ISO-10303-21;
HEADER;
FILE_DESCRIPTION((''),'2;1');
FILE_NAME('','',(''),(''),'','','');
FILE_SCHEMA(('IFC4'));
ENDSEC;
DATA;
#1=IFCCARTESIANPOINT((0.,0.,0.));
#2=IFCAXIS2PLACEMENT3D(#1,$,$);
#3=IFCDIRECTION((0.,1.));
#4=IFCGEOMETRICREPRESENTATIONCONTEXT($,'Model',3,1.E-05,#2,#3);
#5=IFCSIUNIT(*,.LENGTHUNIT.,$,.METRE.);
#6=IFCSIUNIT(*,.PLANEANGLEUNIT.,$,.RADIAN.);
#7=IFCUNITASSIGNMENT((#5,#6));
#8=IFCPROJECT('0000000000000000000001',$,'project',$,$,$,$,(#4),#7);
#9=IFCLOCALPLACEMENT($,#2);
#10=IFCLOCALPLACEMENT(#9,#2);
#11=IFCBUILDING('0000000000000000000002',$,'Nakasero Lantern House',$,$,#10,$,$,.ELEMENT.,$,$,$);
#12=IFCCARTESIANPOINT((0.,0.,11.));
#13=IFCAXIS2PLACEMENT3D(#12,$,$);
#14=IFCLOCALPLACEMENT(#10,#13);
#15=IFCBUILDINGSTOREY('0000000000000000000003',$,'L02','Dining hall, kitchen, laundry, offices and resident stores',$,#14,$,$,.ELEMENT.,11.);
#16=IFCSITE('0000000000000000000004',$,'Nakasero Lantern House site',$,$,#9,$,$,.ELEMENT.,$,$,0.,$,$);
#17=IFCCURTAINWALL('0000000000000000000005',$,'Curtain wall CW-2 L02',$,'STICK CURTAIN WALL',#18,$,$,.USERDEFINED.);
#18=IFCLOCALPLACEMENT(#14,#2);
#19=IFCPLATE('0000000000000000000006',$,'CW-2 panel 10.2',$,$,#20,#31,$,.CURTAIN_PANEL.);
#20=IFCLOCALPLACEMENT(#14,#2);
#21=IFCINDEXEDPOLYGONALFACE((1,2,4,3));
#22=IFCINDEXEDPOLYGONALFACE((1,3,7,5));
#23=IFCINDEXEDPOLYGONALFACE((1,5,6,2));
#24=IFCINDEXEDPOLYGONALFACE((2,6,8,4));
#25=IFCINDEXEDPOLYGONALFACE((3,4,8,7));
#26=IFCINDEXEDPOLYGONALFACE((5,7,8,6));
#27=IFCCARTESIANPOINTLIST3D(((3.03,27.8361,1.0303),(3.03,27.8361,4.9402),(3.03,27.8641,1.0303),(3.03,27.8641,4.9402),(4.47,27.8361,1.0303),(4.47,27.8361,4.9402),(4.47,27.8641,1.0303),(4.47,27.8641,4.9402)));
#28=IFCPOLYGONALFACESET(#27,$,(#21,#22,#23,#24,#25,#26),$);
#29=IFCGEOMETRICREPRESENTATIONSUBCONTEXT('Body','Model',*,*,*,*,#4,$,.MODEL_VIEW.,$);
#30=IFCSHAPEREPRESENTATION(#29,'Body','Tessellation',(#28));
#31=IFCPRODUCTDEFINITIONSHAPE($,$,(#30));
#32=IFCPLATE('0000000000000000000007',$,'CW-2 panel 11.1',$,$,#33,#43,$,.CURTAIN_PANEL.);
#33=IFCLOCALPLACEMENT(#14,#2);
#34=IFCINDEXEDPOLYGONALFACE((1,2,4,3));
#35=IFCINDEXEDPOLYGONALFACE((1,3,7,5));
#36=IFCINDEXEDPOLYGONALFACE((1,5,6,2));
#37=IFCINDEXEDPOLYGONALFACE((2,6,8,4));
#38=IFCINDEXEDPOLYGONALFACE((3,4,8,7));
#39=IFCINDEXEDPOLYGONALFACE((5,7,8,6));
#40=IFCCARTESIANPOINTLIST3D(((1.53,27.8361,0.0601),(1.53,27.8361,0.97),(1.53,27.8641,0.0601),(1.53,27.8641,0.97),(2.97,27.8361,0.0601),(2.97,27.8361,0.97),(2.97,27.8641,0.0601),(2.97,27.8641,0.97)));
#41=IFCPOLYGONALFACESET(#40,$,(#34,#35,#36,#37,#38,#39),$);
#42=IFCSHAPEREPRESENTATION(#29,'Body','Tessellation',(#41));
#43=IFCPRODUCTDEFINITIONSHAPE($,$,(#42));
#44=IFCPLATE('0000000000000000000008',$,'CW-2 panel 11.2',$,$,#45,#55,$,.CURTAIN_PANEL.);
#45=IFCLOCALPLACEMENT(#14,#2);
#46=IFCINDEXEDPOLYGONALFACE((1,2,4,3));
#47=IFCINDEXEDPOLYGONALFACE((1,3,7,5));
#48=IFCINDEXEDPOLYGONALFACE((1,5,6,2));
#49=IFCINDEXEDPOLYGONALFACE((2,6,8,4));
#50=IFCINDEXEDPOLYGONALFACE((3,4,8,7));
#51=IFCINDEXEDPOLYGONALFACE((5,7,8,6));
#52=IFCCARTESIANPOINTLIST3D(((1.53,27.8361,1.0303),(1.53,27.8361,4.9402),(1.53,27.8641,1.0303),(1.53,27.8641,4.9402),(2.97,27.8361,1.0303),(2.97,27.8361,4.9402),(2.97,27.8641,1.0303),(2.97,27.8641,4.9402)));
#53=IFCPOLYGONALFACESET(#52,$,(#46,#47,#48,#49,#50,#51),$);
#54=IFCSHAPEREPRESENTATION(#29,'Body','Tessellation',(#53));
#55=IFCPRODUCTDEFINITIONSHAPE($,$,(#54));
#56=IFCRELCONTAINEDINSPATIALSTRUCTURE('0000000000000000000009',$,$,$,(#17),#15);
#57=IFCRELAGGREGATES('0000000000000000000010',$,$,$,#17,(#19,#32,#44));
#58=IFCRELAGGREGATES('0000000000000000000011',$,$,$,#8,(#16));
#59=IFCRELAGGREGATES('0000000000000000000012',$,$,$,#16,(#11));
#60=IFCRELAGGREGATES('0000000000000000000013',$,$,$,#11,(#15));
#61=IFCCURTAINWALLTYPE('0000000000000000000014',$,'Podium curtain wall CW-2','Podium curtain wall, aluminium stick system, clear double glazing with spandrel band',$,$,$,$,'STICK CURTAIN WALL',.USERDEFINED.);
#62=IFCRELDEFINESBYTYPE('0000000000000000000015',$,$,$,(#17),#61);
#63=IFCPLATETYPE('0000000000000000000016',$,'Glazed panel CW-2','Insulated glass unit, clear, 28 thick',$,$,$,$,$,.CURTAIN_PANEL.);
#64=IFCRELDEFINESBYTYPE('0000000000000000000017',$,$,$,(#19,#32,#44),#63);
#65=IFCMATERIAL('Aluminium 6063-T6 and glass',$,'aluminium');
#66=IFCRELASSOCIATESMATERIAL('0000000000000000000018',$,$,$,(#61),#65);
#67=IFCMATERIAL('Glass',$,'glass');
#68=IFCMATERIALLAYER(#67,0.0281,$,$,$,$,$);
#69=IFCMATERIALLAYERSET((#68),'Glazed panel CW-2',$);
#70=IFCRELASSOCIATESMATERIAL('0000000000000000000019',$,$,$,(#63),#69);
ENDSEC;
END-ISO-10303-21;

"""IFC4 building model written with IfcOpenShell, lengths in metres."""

from ifc_helpers import new_model, si_unit, direction, frame, origin, origin_2d, place, context, subcontext, project, spatial, rectangle, extrude, material, layer, layer_set, type_object, element, aggregate, save


model = new_model("IFC4")

# Units and contexts
model_context = context("Model", 3, precision=1e-05, world=origin(), true_north=direction((0.0, 1.0)))
body_context = subcontext(model_context, "Body", "Model", "MODEL_VIEW")
ifc_project = project(units=[si_unit("LENGTHUNIT", "METRE"), si_unit("PLANEANGLEUNIT", "RADIAN")], contexts=[model_context])

# Site, building, storey
site_placement = place(None, origin())
site = spatial("IfcSite", under=ifc_project, at=site_placement, Name="Nakasero Lantern House site", CompositionType="ELEMENT", RefElevation=0.0)
building_placement = place(site_placement, origin())
building = spatial("IfcBuilding", under=site, at=building_placement, Name="Nakasero Lantern House", CompositionType="ELEMENT")
storey_placement = place(building_placement, frame((0.0, 0.0, 11.0)))
storey = spatial("IfcBuildingStorey", under=building, at=storey_placement, Name="L02", Description="Dining hall, kitchen, laundry, offices and resident stores", CompositionType="ELEMENT", Elevation=11.0)

# Curtain wall, plates
ifc_material_1 = material(Name="Aluminium 6063-T6 and glass", Category="aluminium")
curtain_wall_type = type_object("IfcCurtainWallType", Name="Podium curtain wall CW-2", Description="Podium curtain wall, aluminium stick system, clear double glazing with spandrel band", ElementType="STICK CURTAIN WALL", PredefinedType="USERDEFINED", material=ifc_material_1)
curtain_wall_placement = place(storey_placement, origin())
curtain_wall = element("IfcCurtainWall", 1, at=curtain_wall_placement, inside=storey, type_object=curtain_wall_type, Name="Curtain wall CW-2 L02", ObjectType="STICK CURTAIN WALL", PredefinedType="USERDEFINED")
ifc_material_2 = material(Name="Glass", Category="glass")
ifc_layer = layer(ifc_material_2, 0.0281)
ifc_layer_set = layer_set([ifc_layer], Name="Glazed panel CW-2")
plate_type = type_object("IfcPlateType", Name="Glazed panel CW-2", Description="Insulated glass unit, clear, 28 thick", PredefinedType="CURTAIN_PANEL", material=ifc_layer_set)
plate_1_placement = place(storey_placement, frame((3.75, 27.8501, 1.0303), z_axis=(0.0, 0.0, 1.0), x_axis=(-1.0, 0.0, 0.0)))
plate_1 = element("IfcPlate", 2, at=plate_1_placement, type_object=plate_type, Name="CW-2 panel 10.2", PredefinedType="CURTAIN_PANEL", context=body_context, shape_type="SweptSolid", body=[
    extrude(rectangle(XDim=1.4399, YDim=0.0281, at=origin_2d()), origin(), (0.0, 0.0, 1.0), 3.9099),
])
plate_2_placement = place(storey_placement, frame((2.25, 27.8501, 0.0601), z_axis=(0.0, 0.0, 1.0), x_axis=(-1.0, 0.0, 0.0)))
plate_2 = element("IfcPlate", 3, at=plate_2_placement, type_object=plate_type, Name="CW-2 panel 11.1", PredefinedType="CURTAIN_PANEL", context=body_context, shape_type="SweptSolid", body=[
    extrude(rectangle(XDim=1.4399, YDim=0.0281, at=origin_2d()), origin(), (0.0, 0.0, 1.0), 0.9099),
])
plate_3_placement = place(storey_placement, frame((2.25, 27.8501, 1.0303), z_axis=(0.0, 0.0, 1.0), x_axis=(-1.0, 0.0, 0.0)))
plate_3 = element("IfcPlate", 4, at=plate_3_placement, type_object=plate_type, Name="CW-2 panel 11.2", PredefinedType="CURTAIN_PANEL", context=body_context, shape_type="SweptSolid", body=[
    extrude(rectangle(XDim=1.4399, YDim=0.0281, at=origin_2d()), origin(), (0.0, 0.0, 1.0), 3.9099),
])
aggregate(curtain_wall, [plate_1, plate_2, plate_3])

save(model, "model.ifc")
